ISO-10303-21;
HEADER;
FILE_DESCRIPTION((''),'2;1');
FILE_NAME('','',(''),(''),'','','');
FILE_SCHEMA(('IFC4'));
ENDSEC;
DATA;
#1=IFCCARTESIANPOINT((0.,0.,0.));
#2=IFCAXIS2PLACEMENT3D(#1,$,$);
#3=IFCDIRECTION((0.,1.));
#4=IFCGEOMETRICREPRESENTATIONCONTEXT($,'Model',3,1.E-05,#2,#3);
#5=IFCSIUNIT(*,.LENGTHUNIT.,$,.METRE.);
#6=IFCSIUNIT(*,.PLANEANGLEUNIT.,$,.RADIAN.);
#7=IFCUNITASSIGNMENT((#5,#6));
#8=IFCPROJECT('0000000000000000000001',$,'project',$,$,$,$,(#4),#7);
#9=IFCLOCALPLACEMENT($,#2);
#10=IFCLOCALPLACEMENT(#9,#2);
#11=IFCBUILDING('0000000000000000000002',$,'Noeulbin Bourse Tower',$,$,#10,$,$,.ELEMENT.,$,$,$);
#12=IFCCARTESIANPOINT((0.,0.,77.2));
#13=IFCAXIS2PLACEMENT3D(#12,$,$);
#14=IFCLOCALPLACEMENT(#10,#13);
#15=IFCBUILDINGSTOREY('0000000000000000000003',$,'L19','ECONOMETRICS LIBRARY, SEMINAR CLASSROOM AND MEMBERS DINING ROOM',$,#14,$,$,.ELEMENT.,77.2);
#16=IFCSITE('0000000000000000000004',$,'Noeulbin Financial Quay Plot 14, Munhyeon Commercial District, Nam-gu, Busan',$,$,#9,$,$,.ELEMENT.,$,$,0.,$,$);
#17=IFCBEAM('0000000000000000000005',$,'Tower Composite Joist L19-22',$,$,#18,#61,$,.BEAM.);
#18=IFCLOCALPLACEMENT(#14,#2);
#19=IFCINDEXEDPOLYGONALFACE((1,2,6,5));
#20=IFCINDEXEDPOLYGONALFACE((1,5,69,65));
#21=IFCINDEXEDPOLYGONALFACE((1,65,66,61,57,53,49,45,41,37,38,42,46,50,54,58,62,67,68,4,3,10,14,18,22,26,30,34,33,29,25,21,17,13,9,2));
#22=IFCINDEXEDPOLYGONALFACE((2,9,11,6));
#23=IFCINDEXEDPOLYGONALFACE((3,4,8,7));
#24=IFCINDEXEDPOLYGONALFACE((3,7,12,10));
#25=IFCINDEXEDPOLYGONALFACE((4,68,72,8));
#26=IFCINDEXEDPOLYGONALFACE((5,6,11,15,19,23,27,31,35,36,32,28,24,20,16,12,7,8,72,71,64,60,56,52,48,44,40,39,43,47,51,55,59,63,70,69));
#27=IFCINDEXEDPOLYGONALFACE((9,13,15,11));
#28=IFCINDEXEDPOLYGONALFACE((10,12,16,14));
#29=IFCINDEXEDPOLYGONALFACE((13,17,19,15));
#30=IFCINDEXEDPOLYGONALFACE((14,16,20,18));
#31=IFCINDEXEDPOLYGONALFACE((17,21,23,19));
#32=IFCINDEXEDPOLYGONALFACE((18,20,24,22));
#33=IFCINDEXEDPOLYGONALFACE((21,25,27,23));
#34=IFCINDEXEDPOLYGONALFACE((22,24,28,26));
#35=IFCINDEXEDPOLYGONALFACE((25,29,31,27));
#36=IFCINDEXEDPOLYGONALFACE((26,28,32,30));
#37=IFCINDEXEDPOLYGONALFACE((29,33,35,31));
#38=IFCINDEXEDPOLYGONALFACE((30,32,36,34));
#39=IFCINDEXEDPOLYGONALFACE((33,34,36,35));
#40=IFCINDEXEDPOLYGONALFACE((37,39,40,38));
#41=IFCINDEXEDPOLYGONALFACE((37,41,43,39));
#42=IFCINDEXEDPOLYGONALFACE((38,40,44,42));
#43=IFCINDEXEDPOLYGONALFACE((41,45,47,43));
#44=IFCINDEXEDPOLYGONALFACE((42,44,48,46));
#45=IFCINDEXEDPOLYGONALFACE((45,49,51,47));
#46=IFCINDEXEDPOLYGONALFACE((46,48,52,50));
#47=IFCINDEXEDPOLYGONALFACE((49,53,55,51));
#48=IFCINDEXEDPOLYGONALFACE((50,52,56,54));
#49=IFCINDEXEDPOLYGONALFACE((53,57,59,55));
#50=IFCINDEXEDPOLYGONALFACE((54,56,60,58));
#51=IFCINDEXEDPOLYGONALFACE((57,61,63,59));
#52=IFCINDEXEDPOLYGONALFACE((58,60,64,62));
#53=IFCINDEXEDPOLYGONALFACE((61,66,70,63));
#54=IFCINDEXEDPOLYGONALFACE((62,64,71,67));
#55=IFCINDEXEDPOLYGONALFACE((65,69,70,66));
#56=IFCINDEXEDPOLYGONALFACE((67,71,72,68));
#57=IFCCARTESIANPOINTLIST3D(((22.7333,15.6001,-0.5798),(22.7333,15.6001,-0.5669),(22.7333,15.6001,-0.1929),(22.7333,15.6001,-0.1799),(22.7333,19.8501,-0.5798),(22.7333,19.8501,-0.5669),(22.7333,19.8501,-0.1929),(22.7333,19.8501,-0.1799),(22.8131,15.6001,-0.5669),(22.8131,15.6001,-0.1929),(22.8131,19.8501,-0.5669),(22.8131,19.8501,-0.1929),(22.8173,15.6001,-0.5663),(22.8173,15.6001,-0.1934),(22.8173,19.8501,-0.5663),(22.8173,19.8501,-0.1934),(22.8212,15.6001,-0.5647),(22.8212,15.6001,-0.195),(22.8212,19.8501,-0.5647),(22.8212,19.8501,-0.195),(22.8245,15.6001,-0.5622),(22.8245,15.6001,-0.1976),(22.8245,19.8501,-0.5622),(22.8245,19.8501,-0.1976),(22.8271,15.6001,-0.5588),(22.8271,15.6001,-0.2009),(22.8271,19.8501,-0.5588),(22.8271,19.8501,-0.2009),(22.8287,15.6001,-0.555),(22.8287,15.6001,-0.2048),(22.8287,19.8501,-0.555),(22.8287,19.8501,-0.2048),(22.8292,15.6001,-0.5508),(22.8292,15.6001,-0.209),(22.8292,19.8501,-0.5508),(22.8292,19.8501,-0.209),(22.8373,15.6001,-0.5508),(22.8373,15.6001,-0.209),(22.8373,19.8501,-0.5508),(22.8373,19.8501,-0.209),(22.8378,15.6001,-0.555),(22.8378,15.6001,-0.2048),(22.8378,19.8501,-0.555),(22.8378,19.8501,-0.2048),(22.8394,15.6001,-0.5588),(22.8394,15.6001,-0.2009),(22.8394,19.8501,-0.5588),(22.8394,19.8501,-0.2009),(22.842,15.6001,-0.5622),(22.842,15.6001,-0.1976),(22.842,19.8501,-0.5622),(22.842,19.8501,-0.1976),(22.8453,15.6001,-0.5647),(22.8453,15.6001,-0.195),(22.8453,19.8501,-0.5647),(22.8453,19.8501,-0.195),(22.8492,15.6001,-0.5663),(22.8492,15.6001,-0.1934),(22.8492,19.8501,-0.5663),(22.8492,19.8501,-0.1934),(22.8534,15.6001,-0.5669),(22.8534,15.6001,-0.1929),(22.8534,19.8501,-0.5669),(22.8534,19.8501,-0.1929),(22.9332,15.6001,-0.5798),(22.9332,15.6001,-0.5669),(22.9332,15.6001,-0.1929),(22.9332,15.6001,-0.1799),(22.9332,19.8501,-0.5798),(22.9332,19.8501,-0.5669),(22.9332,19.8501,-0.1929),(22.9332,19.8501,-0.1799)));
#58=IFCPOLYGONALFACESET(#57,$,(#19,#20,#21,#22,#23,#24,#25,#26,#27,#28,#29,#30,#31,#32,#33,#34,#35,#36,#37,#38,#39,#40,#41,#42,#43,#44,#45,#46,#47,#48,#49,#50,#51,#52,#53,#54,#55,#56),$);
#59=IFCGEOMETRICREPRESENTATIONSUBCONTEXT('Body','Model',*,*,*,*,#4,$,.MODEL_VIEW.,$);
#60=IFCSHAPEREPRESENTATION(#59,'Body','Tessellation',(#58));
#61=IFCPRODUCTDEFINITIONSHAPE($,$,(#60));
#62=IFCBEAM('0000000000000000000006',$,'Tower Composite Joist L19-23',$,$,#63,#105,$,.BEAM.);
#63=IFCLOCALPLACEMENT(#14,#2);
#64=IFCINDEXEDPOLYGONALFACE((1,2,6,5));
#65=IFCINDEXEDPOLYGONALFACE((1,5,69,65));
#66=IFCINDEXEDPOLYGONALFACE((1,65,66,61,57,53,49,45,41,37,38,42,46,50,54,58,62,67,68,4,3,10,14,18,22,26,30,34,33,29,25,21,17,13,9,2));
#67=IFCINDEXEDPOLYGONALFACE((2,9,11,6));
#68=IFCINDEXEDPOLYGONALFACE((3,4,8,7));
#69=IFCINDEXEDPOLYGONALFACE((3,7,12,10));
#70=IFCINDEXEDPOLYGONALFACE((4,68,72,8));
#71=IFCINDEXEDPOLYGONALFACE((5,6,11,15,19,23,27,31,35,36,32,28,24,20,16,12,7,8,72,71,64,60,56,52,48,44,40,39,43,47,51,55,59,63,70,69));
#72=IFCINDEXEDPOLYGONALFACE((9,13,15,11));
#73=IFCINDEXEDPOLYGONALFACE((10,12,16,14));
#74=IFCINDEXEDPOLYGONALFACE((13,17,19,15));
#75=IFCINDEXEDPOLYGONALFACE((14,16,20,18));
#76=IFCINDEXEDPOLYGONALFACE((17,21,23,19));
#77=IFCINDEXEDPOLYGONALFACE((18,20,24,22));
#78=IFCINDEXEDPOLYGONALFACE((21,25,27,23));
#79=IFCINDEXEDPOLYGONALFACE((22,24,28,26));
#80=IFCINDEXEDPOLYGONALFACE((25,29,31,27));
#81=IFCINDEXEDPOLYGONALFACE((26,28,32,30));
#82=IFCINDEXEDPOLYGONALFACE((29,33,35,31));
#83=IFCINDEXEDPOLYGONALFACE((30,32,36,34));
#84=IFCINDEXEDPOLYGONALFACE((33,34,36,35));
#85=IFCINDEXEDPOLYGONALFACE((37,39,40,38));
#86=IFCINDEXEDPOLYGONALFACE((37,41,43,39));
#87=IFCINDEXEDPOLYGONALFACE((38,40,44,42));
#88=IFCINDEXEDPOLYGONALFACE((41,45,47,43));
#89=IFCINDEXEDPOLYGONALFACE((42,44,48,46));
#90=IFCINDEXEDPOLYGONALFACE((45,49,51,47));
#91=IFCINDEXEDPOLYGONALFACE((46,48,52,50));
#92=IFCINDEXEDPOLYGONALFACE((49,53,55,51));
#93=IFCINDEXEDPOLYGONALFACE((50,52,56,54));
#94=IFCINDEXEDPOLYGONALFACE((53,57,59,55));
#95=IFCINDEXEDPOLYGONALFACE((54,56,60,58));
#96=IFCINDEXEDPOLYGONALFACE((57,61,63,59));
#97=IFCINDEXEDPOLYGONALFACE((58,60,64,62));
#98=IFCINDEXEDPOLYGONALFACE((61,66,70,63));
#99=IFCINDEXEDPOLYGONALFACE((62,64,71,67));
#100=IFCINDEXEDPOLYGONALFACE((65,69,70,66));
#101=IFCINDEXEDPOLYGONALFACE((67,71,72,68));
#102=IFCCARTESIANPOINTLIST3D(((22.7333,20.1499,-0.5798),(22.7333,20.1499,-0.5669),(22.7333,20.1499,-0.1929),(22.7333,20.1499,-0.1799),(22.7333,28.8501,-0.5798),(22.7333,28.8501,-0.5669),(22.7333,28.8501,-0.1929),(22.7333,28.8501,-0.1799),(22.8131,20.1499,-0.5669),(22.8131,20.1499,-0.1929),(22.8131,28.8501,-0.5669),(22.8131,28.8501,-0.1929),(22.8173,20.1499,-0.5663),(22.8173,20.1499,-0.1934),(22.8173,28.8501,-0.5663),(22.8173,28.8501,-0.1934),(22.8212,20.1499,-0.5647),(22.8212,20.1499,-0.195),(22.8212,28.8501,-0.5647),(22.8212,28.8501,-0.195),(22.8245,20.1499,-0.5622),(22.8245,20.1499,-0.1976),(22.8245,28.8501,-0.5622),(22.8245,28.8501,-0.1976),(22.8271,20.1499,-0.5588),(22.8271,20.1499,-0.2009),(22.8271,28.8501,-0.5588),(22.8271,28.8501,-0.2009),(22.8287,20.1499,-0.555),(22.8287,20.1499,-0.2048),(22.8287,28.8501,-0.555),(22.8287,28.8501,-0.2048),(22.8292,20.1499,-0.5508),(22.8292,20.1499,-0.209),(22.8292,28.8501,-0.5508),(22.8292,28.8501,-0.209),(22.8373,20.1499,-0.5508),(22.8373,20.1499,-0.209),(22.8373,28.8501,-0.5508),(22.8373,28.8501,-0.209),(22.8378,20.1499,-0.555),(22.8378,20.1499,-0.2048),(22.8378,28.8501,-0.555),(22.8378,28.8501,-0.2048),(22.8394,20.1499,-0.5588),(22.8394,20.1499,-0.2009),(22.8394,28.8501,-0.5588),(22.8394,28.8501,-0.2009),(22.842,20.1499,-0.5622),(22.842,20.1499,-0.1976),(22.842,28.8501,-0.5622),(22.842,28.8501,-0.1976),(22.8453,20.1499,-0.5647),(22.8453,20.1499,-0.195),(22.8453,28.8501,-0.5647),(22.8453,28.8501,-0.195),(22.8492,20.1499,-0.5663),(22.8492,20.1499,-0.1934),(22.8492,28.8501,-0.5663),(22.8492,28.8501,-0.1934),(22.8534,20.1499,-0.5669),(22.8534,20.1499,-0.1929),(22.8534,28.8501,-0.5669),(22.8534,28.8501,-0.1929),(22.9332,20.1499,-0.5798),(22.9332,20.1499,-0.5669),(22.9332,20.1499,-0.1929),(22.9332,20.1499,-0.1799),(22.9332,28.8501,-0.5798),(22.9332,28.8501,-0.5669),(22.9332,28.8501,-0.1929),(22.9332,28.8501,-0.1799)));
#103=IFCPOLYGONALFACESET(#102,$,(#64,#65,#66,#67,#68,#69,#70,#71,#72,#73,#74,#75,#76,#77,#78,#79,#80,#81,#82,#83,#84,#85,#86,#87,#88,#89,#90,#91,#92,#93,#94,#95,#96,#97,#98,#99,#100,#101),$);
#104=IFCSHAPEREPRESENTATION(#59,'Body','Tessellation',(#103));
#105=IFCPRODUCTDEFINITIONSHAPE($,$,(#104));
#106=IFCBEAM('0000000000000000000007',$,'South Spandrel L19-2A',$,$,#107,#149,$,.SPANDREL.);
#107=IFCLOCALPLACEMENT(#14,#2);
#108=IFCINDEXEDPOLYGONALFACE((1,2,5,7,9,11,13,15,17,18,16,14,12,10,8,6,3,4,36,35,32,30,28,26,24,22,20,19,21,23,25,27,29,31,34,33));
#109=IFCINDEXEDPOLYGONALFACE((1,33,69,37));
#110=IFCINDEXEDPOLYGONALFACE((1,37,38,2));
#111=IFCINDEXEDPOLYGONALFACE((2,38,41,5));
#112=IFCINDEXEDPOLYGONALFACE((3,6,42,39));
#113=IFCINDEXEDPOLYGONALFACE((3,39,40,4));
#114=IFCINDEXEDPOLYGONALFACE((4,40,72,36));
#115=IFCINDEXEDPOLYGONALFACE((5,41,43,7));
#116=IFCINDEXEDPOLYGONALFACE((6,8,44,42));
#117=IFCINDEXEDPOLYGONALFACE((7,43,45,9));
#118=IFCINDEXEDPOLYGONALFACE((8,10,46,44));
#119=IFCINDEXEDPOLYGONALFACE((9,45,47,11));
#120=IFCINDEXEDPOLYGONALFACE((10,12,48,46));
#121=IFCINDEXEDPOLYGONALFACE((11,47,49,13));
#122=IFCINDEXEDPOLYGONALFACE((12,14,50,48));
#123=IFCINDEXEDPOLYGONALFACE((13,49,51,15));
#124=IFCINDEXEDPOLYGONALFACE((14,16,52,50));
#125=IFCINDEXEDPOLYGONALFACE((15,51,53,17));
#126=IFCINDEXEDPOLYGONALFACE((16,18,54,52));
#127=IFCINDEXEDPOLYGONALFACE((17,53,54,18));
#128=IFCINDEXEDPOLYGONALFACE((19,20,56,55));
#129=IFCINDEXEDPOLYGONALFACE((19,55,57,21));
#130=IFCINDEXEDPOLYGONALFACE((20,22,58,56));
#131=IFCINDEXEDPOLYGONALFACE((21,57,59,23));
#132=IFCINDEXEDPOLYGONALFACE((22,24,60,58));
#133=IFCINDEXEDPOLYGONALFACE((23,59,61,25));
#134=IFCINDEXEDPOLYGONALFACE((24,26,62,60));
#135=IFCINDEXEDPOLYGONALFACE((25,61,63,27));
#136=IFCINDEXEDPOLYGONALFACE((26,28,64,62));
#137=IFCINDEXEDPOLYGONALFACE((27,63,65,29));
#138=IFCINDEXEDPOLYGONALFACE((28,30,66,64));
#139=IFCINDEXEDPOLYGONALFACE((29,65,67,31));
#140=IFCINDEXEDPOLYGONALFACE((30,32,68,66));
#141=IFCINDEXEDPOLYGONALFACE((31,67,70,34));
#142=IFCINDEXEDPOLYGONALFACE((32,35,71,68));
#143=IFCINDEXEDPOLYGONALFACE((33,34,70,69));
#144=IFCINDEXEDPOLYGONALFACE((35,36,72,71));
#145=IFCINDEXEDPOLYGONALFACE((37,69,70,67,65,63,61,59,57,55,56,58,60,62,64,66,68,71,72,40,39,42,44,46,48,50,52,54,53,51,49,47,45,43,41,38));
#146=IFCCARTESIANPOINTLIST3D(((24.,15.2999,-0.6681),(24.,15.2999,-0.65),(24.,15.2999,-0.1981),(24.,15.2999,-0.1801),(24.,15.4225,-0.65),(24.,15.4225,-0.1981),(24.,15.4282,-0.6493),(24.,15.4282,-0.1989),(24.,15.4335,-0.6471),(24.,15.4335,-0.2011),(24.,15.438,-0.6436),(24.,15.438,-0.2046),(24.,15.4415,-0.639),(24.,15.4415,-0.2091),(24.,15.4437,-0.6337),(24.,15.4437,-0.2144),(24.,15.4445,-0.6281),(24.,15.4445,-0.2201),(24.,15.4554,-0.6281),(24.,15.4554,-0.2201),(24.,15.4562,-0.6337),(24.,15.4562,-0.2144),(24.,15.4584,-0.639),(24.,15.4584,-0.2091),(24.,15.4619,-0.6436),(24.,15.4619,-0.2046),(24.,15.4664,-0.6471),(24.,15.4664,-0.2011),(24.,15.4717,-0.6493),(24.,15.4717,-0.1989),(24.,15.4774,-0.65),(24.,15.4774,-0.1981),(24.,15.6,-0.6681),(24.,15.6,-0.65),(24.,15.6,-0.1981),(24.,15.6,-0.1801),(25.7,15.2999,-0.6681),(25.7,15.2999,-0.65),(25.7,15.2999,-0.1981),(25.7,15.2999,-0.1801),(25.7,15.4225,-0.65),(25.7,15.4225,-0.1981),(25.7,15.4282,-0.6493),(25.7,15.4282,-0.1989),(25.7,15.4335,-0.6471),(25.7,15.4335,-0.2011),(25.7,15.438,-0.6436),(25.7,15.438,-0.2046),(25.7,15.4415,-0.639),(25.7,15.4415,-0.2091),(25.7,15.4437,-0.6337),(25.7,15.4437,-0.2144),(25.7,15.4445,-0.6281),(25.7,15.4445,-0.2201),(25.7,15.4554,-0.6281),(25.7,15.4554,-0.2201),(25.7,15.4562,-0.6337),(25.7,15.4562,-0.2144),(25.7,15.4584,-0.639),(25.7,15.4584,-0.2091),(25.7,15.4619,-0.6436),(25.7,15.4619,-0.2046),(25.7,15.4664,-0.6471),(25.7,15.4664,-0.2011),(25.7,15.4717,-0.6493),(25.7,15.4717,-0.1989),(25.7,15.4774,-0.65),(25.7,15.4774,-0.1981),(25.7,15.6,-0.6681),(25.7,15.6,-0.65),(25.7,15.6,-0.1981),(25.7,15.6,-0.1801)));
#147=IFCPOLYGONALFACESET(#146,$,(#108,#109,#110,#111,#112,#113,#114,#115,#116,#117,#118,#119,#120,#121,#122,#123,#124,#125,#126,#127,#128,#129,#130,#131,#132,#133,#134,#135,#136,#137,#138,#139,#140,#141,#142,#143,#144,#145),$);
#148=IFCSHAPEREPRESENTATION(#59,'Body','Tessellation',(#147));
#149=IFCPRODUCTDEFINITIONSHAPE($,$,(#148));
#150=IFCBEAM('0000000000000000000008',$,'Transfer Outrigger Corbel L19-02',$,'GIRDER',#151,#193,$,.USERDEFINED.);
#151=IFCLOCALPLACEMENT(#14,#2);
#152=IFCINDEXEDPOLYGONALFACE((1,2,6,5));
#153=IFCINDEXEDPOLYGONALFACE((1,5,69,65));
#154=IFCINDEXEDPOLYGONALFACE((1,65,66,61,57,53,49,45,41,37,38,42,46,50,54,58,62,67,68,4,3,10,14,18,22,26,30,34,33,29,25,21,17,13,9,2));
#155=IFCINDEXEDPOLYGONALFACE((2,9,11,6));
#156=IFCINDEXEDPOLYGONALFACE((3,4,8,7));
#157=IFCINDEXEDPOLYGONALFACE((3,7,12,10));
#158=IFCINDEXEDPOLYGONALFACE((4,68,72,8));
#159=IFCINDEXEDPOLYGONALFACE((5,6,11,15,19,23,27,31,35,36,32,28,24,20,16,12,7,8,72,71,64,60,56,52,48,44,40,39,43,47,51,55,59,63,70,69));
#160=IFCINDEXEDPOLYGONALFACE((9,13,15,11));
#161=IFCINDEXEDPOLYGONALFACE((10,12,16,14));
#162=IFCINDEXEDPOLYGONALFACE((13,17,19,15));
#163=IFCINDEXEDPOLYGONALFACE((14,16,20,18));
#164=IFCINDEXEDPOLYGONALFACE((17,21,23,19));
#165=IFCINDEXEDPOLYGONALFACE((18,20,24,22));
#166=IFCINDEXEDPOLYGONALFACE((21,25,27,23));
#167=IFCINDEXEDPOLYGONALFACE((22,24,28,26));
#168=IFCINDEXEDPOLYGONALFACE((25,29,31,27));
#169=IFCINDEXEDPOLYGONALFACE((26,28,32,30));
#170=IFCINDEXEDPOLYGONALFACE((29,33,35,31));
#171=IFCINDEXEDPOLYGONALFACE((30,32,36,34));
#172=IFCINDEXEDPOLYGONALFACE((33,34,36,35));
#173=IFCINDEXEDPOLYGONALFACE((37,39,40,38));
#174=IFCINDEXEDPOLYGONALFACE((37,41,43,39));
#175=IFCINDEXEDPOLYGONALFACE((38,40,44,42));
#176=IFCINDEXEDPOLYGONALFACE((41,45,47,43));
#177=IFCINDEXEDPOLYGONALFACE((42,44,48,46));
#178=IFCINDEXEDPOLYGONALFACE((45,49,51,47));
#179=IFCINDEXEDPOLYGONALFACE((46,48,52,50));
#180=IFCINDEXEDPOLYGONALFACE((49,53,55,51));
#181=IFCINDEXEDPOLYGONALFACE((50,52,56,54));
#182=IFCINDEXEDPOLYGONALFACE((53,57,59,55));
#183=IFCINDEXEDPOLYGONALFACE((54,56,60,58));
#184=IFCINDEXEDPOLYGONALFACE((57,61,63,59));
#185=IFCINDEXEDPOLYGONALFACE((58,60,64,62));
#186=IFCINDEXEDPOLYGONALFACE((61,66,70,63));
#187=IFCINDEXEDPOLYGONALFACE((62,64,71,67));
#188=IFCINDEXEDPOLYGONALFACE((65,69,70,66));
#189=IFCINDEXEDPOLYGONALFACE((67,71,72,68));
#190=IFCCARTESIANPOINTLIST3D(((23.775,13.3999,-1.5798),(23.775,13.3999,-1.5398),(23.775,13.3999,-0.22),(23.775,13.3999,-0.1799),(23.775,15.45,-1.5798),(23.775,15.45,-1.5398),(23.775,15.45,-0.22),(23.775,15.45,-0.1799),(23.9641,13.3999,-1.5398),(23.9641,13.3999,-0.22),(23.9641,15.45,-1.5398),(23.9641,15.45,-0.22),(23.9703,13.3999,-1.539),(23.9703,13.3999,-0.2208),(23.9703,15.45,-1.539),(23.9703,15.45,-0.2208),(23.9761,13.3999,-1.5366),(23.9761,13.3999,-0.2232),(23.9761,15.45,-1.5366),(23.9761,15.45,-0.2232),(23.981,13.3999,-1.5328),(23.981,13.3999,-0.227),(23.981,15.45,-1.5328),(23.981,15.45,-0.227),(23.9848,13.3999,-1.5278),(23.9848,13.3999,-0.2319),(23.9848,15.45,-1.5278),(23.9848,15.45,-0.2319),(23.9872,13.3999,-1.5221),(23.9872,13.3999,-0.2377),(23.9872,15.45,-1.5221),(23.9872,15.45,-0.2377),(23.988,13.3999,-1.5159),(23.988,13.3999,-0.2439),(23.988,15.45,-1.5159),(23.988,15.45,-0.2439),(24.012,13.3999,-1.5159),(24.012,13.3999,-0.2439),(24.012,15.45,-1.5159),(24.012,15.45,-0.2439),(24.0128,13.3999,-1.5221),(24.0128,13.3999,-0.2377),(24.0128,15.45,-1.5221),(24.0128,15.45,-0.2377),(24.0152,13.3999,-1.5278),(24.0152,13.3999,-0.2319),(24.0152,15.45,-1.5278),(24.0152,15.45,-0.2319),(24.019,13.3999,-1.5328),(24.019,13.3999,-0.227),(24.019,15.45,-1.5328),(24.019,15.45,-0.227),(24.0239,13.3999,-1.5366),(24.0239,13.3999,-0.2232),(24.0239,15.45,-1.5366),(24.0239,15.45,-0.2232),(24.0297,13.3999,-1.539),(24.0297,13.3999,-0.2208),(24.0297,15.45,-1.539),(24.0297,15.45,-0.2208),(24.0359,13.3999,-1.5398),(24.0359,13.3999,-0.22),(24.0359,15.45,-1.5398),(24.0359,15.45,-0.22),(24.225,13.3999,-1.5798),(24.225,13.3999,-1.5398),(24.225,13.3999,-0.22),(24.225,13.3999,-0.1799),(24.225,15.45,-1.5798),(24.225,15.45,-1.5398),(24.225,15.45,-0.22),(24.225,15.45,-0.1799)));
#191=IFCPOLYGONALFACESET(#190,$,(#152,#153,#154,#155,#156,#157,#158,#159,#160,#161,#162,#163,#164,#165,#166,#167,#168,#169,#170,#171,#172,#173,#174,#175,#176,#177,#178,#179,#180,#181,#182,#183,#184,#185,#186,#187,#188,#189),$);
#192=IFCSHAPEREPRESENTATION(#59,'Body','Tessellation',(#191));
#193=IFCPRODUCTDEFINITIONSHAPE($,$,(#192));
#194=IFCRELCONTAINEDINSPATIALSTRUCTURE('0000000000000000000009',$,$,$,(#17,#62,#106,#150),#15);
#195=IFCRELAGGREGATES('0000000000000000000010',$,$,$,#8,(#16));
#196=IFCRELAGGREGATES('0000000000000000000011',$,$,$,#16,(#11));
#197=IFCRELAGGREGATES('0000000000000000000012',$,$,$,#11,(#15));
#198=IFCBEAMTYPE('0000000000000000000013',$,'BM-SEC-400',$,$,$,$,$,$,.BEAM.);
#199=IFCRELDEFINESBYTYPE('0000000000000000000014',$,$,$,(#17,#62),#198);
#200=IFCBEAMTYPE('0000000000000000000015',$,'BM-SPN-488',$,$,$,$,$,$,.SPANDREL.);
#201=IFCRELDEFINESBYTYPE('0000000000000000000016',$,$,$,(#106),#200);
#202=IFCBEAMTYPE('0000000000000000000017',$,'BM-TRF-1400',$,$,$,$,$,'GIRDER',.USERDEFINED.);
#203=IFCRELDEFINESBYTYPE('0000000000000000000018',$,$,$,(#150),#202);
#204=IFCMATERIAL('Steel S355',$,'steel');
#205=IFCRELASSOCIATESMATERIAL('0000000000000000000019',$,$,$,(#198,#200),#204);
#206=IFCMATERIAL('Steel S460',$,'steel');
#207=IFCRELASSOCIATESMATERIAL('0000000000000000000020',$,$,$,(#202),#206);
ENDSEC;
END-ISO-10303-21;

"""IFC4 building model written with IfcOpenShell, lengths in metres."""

from ifc_helpers import new_model, si_unit, direction, frame, origin, origin_2d, place, context, subcontext, project, spatial, i_section, extrude, material, material_profile, profile_set, type_object, element, save


model = new_model("IFC4")

# Units and contexts
model_context = context("Model", 3, precision=1e-05, world=origin(), true_north=direction((0.0, 1.0)))
body_context = subcontext(model_context, "Body", "Model", "MODEL_VIEW")
ifc_project = project(units=[si_unit("LENGTHUNIT", "METRE"), si_unit("PLANEANGLEUNIT", "RADIAN")], contexts=[model_context])

# Site, building, storey
site_placement = place(None, origin())
site = spatial("IfcSite", under=ifc_project, at=site_placement, Name="Noeulbin Financial Quay Plot 14, Munhyeon Commercial District, Nam-gu, Busan", CompositionType="ELEMENT", RefElevation=0.0)
building_placement = place(site_placement, origin())
building = spatial("IfcBuilding", under=site, at=building_placement, Name="Noeulbin Bourse Tower", CompositionType="ELEMENT")
storey_placement = place(building_placement, frame((0.0, 0.0, 77.2)))
storey = spatial("IfcBuildingStorey", under=building, at=storey_placement, Name="L19", Description="ECONOMETRICS LIBRARY, SEMINAR CLASSROOM AND MEMBERS DINING ROOM", CompositionType="ELEMENT", Elevation=77.2)

# Shared definitions
ifc_material_1 = material(Name="Steel S355", Category="steel")
ifc_material_2 = material(Name="Steel S460", Category="steel")

# Beams
ifc_material_profile_1 = material_profile(ifc_material_1, i_section(OverallWidth=0.2, OverallDepth=0.3999, WebThickness=0.0081, FlangeThickness=0.0129, FilletRadius=0.0161, at=origin_2d()), Name="H-400x200x8x13", Category="LoadBearing")
ifc_profile_set_1 = profile_set([ifc_material_profile_1], Name="Steel S355")
beam_type_1 = type_object("IfcBeamType", Name="BM-SEC-400", PredefinedType="BEAM", material=ifc_profile_set_1)
beam_1_placement = place(storey_placement, frame((22.8333, 15.6001, -0.3799), z_axis=(0.0, 1.0, 0.0), x_axis=(-1.0, 0.0, 0.0)))
element("IfcBeam", 1, at=beam_1_placement, inside=storey, type_object=beam_type_1, Name="Tower Composite Joist L19-22", PredefinedType="BEAM", context=body_context, shape_type="SweptSolid", body=[
    extrude(i_section(OverallWidth=0.2, OverallDepth=0.3999, WebThickness=0.0081, FlangeThickness=0.0129, FilletRadius=0.0161, at=origin_2d()), origin(), (0.0, 0.0, 1.0), 4.25),
])
beam_2_placement = place(storey_placement, frame((22.8333, 20.1499, -0.3799), z_axis=(0.0, 1.0, 0.0), x_axis=(-1.0, 0.0, 0.0)))
element("IfcBeam", 2, at=beam_2_placement, inside=storey, type_object=beam_type_1, Name="Tower Composite Joist L19-23", PredefinedType="BEAM", context=body_context, shape_type="SweptSolid", body=[
    extrude(i_section(OverallWidth=0.2, OverallDepth=0.3999, WebThickness=0.0081, FlangeThickness=0.0129, FilletRadius=0.0161, at=origin_2d()), origin(), (0.0, 0.0, 1.0), 8.7002),
])
ifc_material_profile_2 = material_profile(ifc_material_1, i_section(OverallWidth=0.3, OverallDepth=0.488, WebThickness=0.011, FlangeThickness=0.0181, FilletRadius=0.022, at=origin_2d()), Name="H-488x300x11x18", Category="LoadBearing")
ifc_profile_set_2 = profile_set([ifc_material_profile_2], Name="Steel S355")
beam_type_2 = type_object("IfcBeamType", Name="BM-SPN-488", PredefinedType="SPANDREL", material=ifc_profile_set_2)
beam_3_placement = place(storey_placement, frame((24.0, 15.45, -0.4241), z_axis=(1.0, 0.0, 0.0), x_axis=(0.0, 1.0, 0.0)))
element("IfcBeam", 3, at=beam_3_placement, inside=storey, type_object=beam_type_2, Name="South Spandrel L19-2A", PredefinedType="SPANDREL", context=body_context, shape_type="SweptSolid", body=[
    extrude(i_section(OverallWidth=0.3, OverallDepth=0.488, WebThickness=0.011, FlangeThickness=0.0181, FilletRadius=0.022, at=origin_2d()), origin(), (0.0, 0.0, 1.0), 1.7),
])
ifc_material_profile_3 = material_profile(ifc_material_2, i_section(OverallWidth=0.45, OverallDepth=1.3999, WebThickness=0.0239, FlangeThickness=0.04, FilletRadius=0.0239, at=origin_2d()), Name="PG-1400x450x24x40", Category="LoadBearing")
ifc_profile_set_3 = profile_set([ifc_material_profile_3], Name="Steel S460")
beam_type_3 = type_object("IfcBeamType", Name="BM-TRF-1400", ElementType="GIRDER", PredefinedType="USERDEFINED", material=ifc_profile_set_3)
beam_4_placement = place(storey_placement, frame((24.0, 13.3999, -0.8799), z_axis=(0.0, 1.0, 0.0), x_axis=(-1.0, 0.0, 0.0)))
element("IfcBeam", 4, at=beam_4_placement, inside=storey, type_object=beam_type_3, Name="Transfer Outrigger Corbel L19-02", ObjectType="GIRDER", PredefinedType="USERDEFINED", context=body_context, shape_type="SweptSolid", body=[
    extrude(i_section(OverallWidth=0.45, OverallDepth=1.3999, WebThickness=0.0239, FlangeThickness=0.04, FilletRadius=0.0239, at=origin_2d()), origin(), (0.0, 0.0, 1.0), 2.05),
])

save(model, "model.ifc")
